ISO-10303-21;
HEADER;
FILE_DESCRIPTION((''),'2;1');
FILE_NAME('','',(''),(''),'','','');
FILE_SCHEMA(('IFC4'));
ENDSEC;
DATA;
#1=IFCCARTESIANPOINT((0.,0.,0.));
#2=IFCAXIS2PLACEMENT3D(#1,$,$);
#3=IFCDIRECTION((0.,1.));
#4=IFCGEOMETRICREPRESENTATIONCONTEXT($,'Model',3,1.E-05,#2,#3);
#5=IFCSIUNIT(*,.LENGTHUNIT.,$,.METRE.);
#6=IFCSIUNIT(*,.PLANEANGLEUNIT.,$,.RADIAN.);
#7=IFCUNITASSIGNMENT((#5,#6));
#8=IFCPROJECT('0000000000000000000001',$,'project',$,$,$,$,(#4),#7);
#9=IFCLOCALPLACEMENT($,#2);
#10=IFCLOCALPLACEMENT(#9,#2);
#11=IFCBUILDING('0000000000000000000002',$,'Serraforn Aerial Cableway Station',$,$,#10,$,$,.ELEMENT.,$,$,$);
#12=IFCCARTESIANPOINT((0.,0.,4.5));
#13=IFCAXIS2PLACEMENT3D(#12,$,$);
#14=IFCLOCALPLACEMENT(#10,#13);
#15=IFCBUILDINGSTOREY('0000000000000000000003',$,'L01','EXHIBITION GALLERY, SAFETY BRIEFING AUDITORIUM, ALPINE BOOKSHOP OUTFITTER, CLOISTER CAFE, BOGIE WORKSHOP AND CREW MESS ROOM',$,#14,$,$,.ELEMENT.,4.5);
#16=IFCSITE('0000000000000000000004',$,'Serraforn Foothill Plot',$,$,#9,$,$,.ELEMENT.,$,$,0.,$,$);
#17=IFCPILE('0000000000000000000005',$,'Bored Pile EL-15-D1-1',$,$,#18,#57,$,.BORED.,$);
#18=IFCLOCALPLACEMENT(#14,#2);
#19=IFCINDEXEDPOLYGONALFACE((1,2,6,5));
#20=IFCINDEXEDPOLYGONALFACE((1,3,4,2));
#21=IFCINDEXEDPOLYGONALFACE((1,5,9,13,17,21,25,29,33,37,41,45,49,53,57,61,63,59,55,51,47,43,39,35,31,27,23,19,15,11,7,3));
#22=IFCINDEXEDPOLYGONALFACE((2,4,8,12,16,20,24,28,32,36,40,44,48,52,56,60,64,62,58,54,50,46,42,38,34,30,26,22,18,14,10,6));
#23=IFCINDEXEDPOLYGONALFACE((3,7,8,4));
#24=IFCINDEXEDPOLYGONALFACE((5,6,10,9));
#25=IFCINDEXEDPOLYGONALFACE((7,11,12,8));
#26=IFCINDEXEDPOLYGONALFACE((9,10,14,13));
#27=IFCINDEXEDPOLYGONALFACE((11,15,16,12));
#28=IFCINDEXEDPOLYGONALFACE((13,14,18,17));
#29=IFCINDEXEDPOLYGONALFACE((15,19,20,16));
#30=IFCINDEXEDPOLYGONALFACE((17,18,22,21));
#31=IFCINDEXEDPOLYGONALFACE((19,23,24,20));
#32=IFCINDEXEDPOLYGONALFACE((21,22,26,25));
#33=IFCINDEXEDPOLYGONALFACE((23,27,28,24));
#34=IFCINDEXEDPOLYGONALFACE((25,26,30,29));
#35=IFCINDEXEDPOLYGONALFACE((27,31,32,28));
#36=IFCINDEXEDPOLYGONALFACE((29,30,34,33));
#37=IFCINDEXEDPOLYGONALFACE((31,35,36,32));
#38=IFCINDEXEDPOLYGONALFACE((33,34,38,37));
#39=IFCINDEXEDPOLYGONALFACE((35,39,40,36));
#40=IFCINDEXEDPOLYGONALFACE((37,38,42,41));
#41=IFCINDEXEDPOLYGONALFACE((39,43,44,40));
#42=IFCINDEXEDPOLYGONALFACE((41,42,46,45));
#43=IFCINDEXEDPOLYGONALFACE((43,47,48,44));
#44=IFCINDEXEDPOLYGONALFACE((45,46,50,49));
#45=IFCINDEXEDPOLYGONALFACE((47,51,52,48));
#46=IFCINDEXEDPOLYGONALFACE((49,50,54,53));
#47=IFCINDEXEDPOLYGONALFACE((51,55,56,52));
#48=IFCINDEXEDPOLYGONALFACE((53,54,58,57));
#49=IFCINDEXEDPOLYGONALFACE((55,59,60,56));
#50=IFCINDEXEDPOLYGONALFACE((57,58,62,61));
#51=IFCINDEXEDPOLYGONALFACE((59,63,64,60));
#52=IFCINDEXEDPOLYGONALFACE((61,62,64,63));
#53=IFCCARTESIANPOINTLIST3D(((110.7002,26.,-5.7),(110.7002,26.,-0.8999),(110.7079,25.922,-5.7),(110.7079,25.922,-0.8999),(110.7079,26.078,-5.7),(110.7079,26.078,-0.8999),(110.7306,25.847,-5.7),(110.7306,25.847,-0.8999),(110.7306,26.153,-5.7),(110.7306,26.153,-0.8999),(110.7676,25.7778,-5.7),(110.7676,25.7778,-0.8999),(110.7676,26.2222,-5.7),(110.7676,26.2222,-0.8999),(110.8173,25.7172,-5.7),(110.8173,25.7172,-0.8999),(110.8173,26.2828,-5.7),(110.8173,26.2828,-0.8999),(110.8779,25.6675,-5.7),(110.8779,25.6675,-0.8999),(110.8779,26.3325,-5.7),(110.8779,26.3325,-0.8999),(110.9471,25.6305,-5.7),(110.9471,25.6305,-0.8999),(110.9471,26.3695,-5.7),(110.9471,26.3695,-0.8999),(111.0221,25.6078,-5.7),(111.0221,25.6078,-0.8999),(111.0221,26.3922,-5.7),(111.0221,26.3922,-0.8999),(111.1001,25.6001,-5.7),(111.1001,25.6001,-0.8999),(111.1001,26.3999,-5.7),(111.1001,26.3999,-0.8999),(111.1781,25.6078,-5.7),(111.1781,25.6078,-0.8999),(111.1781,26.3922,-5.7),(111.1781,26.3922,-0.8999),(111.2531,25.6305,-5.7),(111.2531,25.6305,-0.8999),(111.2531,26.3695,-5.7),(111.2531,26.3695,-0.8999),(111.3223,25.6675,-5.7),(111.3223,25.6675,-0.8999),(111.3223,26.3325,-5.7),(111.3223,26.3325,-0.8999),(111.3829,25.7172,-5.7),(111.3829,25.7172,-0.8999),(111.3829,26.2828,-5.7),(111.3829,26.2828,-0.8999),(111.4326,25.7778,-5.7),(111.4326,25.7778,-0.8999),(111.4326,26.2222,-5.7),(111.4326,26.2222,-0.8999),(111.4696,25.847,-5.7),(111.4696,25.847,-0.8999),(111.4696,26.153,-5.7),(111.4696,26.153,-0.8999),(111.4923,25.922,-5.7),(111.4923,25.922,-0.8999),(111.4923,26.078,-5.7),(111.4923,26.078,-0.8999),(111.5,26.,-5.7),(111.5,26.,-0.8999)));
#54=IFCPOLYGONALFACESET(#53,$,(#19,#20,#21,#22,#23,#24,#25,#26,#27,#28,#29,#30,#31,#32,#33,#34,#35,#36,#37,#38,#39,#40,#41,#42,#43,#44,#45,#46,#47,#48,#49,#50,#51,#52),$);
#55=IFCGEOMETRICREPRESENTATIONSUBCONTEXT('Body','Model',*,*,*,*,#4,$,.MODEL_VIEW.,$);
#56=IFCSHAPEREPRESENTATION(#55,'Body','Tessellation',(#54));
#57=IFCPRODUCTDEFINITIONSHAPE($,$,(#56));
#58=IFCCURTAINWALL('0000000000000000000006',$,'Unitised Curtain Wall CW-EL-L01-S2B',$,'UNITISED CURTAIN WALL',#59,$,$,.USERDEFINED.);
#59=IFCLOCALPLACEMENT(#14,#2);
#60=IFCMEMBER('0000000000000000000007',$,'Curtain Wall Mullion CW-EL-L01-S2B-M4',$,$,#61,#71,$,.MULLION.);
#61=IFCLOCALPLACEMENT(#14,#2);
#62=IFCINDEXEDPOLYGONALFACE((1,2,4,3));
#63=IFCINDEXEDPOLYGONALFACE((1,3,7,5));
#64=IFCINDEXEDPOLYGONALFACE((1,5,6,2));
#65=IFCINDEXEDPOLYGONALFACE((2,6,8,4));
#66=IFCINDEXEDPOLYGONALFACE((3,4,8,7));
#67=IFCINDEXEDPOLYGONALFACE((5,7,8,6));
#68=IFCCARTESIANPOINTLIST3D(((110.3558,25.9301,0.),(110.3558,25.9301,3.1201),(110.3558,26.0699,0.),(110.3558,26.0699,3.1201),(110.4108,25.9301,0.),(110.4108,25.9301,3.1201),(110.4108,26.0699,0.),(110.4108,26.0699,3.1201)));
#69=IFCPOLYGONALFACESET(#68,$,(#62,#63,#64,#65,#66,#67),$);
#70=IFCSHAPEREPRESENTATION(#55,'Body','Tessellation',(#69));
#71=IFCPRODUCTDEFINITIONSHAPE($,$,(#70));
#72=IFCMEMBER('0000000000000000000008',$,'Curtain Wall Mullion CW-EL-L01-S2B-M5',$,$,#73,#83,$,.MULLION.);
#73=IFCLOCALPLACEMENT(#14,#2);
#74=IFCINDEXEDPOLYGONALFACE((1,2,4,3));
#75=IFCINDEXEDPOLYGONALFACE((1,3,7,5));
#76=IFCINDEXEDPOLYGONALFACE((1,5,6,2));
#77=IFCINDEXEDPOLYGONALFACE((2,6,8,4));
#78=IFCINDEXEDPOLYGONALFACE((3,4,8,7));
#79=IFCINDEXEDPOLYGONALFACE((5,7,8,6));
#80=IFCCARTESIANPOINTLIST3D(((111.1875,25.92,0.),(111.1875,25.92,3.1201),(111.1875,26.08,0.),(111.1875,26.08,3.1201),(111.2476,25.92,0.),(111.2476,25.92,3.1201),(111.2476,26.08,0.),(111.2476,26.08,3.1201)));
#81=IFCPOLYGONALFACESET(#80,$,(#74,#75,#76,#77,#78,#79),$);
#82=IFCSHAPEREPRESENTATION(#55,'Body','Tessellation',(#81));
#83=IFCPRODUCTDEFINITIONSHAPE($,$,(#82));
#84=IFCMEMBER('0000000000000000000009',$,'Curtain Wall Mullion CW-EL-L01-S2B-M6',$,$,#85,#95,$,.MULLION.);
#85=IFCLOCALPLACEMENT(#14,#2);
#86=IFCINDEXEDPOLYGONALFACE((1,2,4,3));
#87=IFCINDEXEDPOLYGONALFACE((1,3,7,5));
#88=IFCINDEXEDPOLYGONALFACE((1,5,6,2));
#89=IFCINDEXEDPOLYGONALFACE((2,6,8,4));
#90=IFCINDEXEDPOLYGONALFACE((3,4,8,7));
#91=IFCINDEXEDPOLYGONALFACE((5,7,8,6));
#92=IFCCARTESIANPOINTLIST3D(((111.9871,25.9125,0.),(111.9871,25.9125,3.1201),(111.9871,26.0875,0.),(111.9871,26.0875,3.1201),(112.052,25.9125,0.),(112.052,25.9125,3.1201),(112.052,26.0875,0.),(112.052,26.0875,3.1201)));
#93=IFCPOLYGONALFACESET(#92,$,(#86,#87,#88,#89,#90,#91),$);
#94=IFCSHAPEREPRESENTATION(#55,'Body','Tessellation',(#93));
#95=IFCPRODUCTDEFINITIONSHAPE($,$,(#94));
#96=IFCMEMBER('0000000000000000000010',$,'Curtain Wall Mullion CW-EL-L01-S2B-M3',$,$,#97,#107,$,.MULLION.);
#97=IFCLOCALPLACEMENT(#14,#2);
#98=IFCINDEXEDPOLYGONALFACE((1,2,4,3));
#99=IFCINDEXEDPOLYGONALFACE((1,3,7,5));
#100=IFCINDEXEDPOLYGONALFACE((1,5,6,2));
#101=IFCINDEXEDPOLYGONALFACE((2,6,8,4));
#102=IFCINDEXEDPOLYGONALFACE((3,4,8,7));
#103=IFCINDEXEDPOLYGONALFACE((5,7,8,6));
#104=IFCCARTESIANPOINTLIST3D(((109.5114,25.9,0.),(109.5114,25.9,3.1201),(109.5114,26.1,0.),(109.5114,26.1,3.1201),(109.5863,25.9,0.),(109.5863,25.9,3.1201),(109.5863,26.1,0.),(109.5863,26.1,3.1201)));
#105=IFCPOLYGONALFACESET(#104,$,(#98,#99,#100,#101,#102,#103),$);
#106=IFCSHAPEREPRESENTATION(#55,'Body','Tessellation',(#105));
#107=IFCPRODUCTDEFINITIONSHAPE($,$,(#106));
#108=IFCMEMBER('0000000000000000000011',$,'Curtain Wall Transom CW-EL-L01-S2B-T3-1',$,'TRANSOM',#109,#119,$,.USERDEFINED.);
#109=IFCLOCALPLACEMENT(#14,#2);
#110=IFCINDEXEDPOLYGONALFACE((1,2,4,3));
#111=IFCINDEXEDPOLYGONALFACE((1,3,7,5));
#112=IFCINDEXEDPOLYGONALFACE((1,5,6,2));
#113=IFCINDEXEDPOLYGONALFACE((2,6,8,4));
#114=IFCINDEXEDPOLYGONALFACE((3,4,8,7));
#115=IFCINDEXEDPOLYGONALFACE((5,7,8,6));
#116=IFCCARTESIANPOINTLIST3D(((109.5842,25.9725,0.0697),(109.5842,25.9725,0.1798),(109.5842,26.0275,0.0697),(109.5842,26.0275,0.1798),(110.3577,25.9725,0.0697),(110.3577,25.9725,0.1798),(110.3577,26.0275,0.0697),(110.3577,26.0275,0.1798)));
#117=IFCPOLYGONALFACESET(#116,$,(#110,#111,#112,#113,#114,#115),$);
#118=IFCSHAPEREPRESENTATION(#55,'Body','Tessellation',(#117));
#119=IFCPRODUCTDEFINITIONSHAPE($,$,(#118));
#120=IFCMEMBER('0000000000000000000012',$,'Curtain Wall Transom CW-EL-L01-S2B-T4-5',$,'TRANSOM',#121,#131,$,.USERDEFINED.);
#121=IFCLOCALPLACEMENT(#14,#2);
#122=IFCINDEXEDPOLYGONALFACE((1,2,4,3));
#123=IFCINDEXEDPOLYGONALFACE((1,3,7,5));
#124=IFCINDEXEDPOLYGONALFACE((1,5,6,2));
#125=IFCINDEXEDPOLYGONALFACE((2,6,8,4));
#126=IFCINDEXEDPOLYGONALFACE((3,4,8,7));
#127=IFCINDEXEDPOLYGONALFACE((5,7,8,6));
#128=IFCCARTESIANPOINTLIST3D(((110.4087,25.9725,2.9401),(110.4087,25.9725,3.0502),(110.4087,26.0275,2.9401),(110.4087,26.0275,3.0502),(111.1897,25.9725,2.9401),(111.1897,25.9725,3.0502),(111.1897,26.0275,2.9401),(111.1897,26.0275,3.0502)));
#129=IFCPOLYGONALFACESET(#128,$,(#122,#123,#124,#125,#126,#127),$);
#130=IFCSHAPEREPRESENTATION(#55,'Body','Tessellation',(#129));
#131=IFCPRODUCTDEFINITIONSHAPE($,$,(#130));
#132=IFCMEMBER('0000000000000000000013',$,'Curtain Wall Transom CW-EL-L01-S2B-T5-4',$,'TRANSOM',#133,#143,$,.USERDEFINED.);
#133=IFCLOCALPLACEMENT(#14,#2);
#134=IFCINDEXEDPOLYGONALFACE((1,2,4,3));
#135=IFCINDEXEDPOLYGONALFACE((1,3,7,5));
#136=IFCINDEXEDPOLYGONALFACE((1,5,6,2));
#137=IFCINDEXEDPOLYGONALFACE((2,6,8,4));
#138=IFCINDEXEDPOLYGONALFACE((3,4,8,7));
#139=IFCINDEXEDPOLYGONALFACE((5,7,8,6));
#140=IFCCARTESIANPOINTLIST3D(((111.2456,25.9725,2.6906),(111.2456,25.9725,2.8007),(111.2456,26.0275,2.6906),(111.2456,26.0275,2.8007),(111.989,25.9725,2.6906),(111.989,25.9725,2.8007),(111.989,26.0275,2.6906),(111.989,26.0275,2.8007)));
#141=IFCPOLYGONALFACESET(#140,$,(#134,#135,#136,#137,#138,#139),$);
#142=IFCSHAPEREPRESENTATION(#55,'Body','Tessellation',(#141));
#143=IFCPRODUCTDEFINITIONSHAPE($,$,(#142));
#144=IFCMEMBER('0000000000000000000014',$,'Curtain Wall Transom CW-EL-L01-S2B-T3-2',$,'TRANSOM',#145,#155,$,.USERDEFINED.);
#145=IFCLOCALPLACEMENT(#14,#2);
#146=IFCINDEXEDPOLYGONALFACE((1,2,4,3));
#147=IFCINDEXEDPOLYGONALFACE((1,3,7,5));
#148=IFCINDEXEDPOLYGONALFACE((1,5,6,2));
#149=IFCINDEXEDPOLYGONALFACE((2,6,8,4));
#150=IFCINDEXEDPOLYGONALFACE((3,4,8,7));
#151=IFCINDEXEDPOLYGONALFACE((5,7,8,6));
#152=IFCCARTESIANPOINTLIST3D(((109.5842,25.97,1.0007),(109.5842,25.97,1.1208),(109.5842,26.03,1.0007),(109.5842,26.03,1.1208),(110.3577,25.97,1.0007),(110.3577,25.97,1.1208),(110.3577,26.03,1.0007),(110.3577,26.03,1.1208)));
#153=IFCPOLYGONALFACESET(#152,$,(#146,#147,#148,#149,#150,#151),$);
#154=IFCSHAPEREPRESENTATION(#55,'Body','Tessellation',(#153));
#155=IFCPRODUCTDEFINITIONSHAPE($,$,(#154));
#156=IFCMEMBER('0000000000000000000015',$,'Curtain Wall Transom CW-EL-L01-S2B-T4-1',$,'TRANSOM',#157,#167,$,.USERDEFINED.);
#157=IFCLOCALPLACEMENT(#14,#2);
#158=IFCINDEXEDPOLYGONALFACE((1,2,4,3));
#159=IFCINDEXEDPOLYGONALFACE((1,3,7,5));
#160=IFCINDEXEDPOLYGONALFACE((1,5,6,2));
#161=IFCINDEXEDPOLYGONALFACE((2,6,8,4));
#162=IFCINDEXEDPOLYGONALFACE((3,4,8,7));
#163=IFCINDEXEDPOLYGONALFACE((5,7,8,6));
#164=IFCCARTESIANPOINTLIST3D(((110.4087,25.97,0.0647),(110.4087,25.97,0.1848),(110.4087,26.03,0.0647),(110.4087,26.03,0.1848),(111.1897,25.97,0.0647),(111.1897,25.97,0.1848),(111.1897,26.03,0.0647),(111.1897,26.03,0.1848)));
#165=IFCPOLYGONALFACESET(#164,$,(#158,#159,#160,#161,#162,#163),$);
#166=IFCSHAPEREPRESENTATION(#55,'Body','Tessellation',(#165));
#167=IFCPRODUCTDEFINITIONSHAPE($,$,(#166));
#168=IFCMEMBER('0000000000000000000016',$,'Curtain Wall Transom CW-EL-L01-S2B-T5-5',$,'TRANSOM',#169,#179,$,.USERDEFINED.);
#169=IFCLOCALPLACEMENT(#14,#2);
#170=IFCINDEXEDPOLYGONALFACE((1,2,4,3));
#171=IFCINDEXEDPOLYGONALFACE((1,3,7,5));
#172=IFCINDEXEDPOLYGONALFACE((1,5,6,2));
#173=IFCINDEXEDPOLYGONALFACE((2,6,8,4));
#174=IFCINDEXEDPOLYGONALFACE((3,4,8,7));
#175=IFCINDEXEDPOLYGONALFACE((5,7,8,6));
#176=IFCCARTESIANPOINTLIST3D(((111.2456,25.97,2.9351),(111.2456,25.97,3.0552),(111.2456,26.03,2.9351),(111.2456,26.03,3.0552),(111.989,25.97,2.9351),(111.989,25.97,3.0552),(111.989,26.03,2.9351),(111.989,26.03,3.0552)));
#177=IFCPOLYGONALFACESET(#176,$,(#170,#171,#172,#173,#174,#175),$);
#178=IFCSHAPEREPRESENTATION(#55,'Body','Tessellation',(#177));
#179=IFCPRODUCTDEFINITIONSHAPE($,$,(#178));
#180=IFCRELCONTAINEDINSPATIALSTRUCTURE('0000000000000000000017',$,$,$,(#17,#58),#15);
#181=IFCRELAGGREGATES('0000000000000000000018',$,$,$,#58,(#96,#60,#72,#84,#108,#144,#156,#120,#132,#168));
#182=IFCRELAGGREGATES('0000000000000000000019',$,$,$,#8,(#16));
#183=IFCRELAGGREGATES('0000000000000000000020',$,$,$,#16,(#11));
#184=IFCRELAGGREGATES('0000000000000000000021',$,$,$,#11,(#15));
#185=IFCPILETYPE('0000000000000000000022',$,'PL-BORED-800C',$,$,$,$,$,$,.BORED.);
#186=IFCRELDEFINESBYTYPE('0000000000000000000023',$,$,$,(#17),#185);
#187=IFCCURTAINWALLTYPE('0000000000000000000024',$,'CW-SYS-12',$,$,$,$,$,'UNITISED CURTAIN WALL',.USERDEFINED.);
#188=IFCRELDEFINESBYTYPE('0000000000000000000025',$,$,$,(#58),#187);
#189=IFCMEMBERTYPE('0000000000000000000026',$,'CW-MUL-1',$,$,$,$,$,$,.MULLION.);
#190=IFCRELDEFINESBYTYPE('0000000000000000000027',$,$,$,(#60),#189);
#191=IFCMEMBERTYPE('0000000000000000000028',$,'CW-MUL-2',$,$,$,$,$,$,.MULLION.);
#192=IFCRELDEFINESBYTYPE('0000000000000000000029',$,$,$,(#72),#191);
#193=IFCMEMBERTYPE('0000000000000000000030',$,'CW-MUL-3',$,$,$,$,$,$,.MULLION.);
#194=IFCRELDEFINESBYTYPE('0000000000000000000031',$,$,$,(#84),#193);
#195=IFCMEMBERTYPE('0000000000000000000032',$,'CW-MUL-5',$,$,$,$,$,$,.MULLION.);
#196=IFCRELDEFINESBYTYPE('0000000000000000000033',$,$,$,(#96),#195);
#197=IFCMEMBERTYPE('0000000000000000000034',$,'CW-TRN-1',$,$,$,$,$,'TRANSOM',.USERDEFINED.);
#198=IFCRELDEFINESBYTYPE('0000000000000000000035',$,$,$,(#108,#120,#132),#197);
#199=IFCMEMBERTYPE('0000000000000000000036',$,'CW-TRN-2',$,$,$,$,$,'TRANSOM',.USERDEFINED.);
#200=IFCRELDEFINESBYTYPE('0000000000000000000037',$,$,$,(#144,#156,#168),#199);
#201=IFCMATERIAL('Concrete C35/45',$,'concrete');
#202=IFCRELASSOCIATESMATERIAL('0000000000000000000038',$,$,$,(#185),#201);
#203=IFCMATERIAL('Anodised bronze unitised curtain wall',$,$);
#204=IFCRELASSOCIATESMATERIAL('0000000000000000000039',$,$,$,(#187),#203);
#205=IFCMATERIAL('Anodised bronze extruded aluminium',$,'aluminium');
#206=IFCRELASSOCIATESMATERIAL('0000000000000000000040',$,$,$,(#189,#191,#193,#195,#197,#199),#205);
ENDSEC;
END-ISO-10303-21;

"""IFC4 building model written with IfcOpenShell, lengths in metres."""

from ifc_helpers import new_model, si_unit, direction, frame, origin, origin_2d, place, context, subcontext, project, spatial, rectangle, circle, extrude, material, material_profile, profile_set, type_object, element, aggregate, save


model = new_model("IFC4")

# Units and contexts
model_context = context("Model", 3, precision=1e-05, world=origin(), true_north=direction((0.0, 1.0)))
body_context = subcontext(model_context, "Body", "Model", "MODEL_VIEW")
ifc_project = project(units=[si_unit("LENGTHUNIT", "METRE"), si_unit("PLANEANGLEUNIT", "RADIAN")], contexts=[model_context])

# Site, building, storey
site_placement = place(None, origin())
site = spatial("IfcSite", under=ifc_project, at=site_placement, Name="Serraforn Foothill Plot", CompositionType="ELEMENT", RefElevation=0.0)
building_placement = place(site_placement, origin())
building = spatial("IfcBuilding", under=site, at=building_placement, Name="Serraforn Aerial Cableway Station", CompositionType="ELEMENT")
storey_placement = place(building_placement, frame((0.0, 0.0, 4.5)))
storey = spatial("IfcBuildingStorey", under=building, at=storey_placement, Name="L01", Description="EXHIBITION GALLERY, SAFETY BRIEFING AUDITORIUM, ALPINE BOOKSHOP OUTFITTER, CLOISTER CAFE, BOGIE WORKSHOP AND CREW MESS ROOM", CompositionType="ELEMENT", Elevation=4.5)

# Pile
ifc_material_1 = material(Name="Concrete C35/45", Category="concrete")
ifc_material_profile_1 = material_profile(ifc_material_1, circle(Radius=0.3999, at=origin_2d()), Name="BORED PILE D800")
ifc_profile_set_1 = profile_set([ifc_material_profile_1], Name="Concrete C35/45")
pile_type = type_object("IfcPileType", Name="PL-BORED-800C", PredefinedType="BORED", material=ifc_profile_set_1)
pile_placement = place(storey_placement, frame((111.1001, 26.0, -0.8999), z_axis=(0.0, 0.0, -1.0), x_axis=(1.0, 0.0, 0.0)))
element("IfcPile", 1, at=pile_placement, inside=storey, type_object=pile_type, Name="Bored Pile EL-15-D1-1", PredefinedType="BORED", context=body_context, shape_type="SweptSolid", body=[
    extrude(circle(Radius=0.3999, at=origin_2d()), origin(), (0.0, 0.0, 1.0), 4.8),
])

# Curtain wall, members
ifc_material_2 = material(Name="Anodised bronze unitised curtain wall")
curtain_wall_type = type_object("IfcCurtainWallType", Name="CW-SYS-12", ElementType="UNITISED CURTAIN WALL", PredefinedType="USERDEFINED", material=ifc_material_2)
curtain_wall_placement = place(storey_placement, origin())
curtain_wall = element("IfcCurtainWall", 2, at=curtain_wall_placement, inside=storey, type_object=curtain_wall_type, Name="Unitised Curtain Wall CW-EL-L01-S2B", ObjectType="UNITISED CURTAIN WALL", PredefinedType="USERDEFINED")
ifc_material_3 = material(Name="Anodised bronze extruded aluminium", Category="aluminium")
ifc_material_profile_2 = material_profile(ifc_material_3, rectangle(XDim=0.0549, YDim=0.1399, at=origin_2d()), Name="CW MULLION 55x140")
ifc_profile_set_2 = profile_set([ifc_material_profile_2], Name="Anodised bronze extruded aluminium")
member_type_1 = type_object("IfcMemberType", Name="CW-MUL-1", PredefinedType="MULLION", material=ifc_profile_set_2)
member_1_placement = place(storey_placement, frame((110.3833, 26.0, 0.0), z_axis=(0.0, 0.0, 1.0), x_axis=(1.0, 0.0, 0.0)))
member_1 = element("IfcMember", 3, at=member_1_placement, type_object=member_type_1, Name="Curtain Wall Mullion CW-EL-L01-S2B-M4", PredefinedType="MULLION", context=body_context, shape_type="SweptSolid", body=[
    extrude(rectangle(XDim=0.0549, YDim=0.1399, at=origin_2d()), origin(), (0.0, 0.0, 1.0), 3.1201),
])
ifc_material_profile_3 = material_profile(ifc_material_3, rectangle(XDim=0.0601, YDim=0.1599, at=origin_2d()), Name="CW MULLION 60x160")
ifc_profile_set_3 = profile_set([ifc_material_profile_3], Name="Anodised bronze extruded aluminium")
member_type_2 = type_object("IfcMemberType", Name="CW-MUL-2", PredefinedType="MULLION", material=ifc_profile_set_3)
member_2_placement = place(storey_placement, frame((111.2175, 26.0, 0.0), z_axis=(0.0, 0.0, 1.0), x_axis=(1.0, 0.0, 0.0)))
member_2 = element("IfcMember", 4, at=member_2_placement, type_object=member_type_2, Name="Curtain Wall Mullion CW-EL-L01-S2B-M5", PredefinedType="MULLION", context=body_context, shape_type="SweptSolid", body=[
    extrude(rectangle(XDim=0.0601, YDim=0.1599, at=origin_2d()), origin(), (0.0, 0.0, 1.0), 3.1201),
])
ifc_material_profile_4 = material_profile(ifc_material_3, rectangle(XDim=0.0649, YDim=0.175, at=origin_2d()), Name="CW MULLION 65x175")
ifc_profile_set_4 = profile_set([ifc_material_profile_4], Name="Anodised bronze extruded aluminium")
member_type_3 = type_object("IfcMemberType", Name="CW-MUL-3", PredefinedType="MULLION", material=ifc_profile_set_4)
member_3_placement = place(storey_placement, frame((112.0195, 26.0, 0.0), z_axis=(0.0, 0.0, 1.0), x_axis=(1.0, 0.0, 0.0)))
member_3 = element("IfcMember", 5, at=member_3_placement, type_object=member_type_3, Name="Curtain Wall Mullion CW-EL-L01-S2B-M6", PredefinedType="MULLION", context=body_context, shape_type="SweptSolid", body=[
    extrude(rectangle(XDim=0.0649, YDim=0.175, at=origin_2d()), origin(), (0.0, 0.0, 1.0), 3.1201),
])
ifc_material_profile_5 = material_profile(ifc_material_3, rectangle(XDim=0.075, YDim=0.2, at=origin_2d()), Name="CW MULLION 75x200")
ifc_profile_set_5 = profile_set([ifc_material_profile_5], Name="Anodised bronze extruded aluminium")
member_type_4 = type_object("IfcMemberType", Name="CW-MUL-5", PredefinedType="MULLION", material=ifc_profile_set_5)
member_4_placement = place(storey_placement, frame((109.5488, 26.0, 0.0), z_axis=(0.0, 0.0, 1.0), x_axis=(1.0, 0.0, 0.0)))
member_4 = element("IfcMember", 6, at=member_4_placement, type_object=member_type_4, Name="Curtain Wall Mullion CW-EL-L01-S2B-M3", PredefinedType="MULLION", context=body_context, shape_type="SweptSolid", body=[
    extrude(rectangle(XDim=0.075, YDim=0.2, at=origin_2d()), origin(), (0.0, 0.0, 1.0), 3.1201),
])
ifc_material_profile_6 = material_profile(ifc_material_3, rectangle(XDim=0.0549, YDim=0.1101, at=origin_2d()), Name="CW TRANSOM 55x110")
ifc_profile_set_6 = profile_set([ifc_material_profile_6], Name="Anodised bronze extruded aluminium")
member_type_5 = type_object("IfcMemberType", Name="CW-TRN-1", ElementType="TRANSOM", PredefinedType="USERDEFINED", material=ifc_profile_set_6)
member_5_placement = place(storey_placement, frame((109.5842, 26.0, 0.1248), z_axis=(1.0, 0.0, 0.0), x_axis=(0.0, 1.0, 0.0)))
member_5 = element("IfcMember", 7, at=member_5_placement, type_object=member_type_5, Name="Curtain Wall Transom CW-EL-L01-S2B-T3-1", ObjectType="TRANSOM", PredefinedType="USERDEFINED", context=body_context, shape_type="SweptSolid", body=[
    extrude(rectangle(XDim=0.0549, YDim=0.1101, at=origin_2d()), origin(), (0.0, 0.0, 1.0), 0.7734),
])
member_6_placement = place(storey_placement, frame((110.4087, 26.0, 2.9951), z_axis=(1.0, 0.0, 0.0), x_axis=(0.0, 1.0, 0.0)))
member_6 = element("IfcMember", 8, at=member_6_placement, type_object=member_type_5, Name="Curtain Wall Transom CW-EL-L01-S2B-T4-5", ObjectType="TRANSOM", PredefinedType="USERDEFINED", context=body_context, shape_type="SweptSolid", body=[
    extrude(rectangle(XDim=0.0549, YDim=0.1101, at=origin_2d()), origin(), (0.0, 0.0, 1.0), 0.781),
])
member_7_placement = place(storey_placement, frame((111.2456, 26.0, 2.7456), z_axis=(1.0, 0.0, 0.0), x_axis=(0.0, 1.0, 0.0)))
member_7 = element("IfcMember", 9, at=member_7_placement, type_object=member_type_5, Name="Curtain Wall Transom CW-EL-L01-S2B-T5-4", ObjectType="TRANSOM", PredefinedType="USERDEFINED", context=body_context, shape_type="SweptSolid", body=[
    extrude(rectangle(XDim=0.0549, YDim=0.1101, at=origin_2d()), origin(), (0.0, 0.0, 1.0), 0.7434),
])
ifc_material_profile_7 = material_profile(ifc_material_3, rectangle(XDim=0.0601, YDim=0.1201, at=origin_2d()), Name="CW TRANSOM 60x120")
ifc_profile_set_7 = profile_set([ifc_material_profile_7], Name="Anodised bronze extruded aluminium")
member_type_6 = type_object("IfcMemberType", Name="CW-TRN-2", ElementType="TRANSOM", PredefinedType="USERDEFINED", material=ifc_profile_set_7)
member_8_placement = place(storey_placement, frame((109.5842, 26.0, 1.0608), z_axis=(1.0, 0.0, 0.0), x_axis=(0.0, 1.0, 0.0)))
member_8 = element("IfcMember", 10, at=member_8_placement, type_object=member_type_6, Name="Curtain Wall Transom CW-EL-L01-S2B-T3-2", ObjectType="TRANSOM", PredefinedType="USERDEFINED", context=body_context, shape_type="SweptSolid", body=[
    extrude(rectangle(XDim=0.0601, YDim=0.1201, at=origin_2d()), origin(), (0.0, 0.0, 1.0), 0.7734),
])
member_9_placement = place(storey_placement, frame((110.4087, 26.0, 0.1248), z_axis=(1.0, 0.0, 0.0), x_axis=(0.0, 1.0, 0.0)))
member_9 = element("IfcMember", 11, at=member_9_placement, type_object=member_type_6, Name="Curtain Wall Transom CW-EL-L01-S2B-T4-1", ObjectType="TRANSOM", PredefinedType="USERDEFINED", context=body_context, shape_type="SweptSolid", body=[
    extrude(rectangle(XDim=0.0601, YDim=0.1201, at=origin_2d()), origin(), (0.0, 0.0, 1.0), 0.781),
])
member_10_placement = place(storey_placement, frame((111.2456, 26.0, 2.9951), z_axis=(1.0, 0.0, 0.0), x_axis=(0.0, 1.0, 0.0)))
member_10 = element("IfcMember", 12, at=member_10_placement, type_object=member_type_6, Name="Curtain Wall Transom CW-EL-L01-S2B-T5-5", ObjectType="TRANSOM", PredefinedType="USERDEFINED", context=body_context, shape_type="SweptSolid", body=[
    extrude(rectangle(XDim=0.0601, YDim=0.1201, at=origin_2d()), origin(), (0.0, 0.0, 1.0), 0.7434),
])
aggregate(curtain_wall, [member_4, member_1, member_2, member_3, member_5, member_8, member_9, member_6, member_7, member_10])

save(model, "model.ifc")
